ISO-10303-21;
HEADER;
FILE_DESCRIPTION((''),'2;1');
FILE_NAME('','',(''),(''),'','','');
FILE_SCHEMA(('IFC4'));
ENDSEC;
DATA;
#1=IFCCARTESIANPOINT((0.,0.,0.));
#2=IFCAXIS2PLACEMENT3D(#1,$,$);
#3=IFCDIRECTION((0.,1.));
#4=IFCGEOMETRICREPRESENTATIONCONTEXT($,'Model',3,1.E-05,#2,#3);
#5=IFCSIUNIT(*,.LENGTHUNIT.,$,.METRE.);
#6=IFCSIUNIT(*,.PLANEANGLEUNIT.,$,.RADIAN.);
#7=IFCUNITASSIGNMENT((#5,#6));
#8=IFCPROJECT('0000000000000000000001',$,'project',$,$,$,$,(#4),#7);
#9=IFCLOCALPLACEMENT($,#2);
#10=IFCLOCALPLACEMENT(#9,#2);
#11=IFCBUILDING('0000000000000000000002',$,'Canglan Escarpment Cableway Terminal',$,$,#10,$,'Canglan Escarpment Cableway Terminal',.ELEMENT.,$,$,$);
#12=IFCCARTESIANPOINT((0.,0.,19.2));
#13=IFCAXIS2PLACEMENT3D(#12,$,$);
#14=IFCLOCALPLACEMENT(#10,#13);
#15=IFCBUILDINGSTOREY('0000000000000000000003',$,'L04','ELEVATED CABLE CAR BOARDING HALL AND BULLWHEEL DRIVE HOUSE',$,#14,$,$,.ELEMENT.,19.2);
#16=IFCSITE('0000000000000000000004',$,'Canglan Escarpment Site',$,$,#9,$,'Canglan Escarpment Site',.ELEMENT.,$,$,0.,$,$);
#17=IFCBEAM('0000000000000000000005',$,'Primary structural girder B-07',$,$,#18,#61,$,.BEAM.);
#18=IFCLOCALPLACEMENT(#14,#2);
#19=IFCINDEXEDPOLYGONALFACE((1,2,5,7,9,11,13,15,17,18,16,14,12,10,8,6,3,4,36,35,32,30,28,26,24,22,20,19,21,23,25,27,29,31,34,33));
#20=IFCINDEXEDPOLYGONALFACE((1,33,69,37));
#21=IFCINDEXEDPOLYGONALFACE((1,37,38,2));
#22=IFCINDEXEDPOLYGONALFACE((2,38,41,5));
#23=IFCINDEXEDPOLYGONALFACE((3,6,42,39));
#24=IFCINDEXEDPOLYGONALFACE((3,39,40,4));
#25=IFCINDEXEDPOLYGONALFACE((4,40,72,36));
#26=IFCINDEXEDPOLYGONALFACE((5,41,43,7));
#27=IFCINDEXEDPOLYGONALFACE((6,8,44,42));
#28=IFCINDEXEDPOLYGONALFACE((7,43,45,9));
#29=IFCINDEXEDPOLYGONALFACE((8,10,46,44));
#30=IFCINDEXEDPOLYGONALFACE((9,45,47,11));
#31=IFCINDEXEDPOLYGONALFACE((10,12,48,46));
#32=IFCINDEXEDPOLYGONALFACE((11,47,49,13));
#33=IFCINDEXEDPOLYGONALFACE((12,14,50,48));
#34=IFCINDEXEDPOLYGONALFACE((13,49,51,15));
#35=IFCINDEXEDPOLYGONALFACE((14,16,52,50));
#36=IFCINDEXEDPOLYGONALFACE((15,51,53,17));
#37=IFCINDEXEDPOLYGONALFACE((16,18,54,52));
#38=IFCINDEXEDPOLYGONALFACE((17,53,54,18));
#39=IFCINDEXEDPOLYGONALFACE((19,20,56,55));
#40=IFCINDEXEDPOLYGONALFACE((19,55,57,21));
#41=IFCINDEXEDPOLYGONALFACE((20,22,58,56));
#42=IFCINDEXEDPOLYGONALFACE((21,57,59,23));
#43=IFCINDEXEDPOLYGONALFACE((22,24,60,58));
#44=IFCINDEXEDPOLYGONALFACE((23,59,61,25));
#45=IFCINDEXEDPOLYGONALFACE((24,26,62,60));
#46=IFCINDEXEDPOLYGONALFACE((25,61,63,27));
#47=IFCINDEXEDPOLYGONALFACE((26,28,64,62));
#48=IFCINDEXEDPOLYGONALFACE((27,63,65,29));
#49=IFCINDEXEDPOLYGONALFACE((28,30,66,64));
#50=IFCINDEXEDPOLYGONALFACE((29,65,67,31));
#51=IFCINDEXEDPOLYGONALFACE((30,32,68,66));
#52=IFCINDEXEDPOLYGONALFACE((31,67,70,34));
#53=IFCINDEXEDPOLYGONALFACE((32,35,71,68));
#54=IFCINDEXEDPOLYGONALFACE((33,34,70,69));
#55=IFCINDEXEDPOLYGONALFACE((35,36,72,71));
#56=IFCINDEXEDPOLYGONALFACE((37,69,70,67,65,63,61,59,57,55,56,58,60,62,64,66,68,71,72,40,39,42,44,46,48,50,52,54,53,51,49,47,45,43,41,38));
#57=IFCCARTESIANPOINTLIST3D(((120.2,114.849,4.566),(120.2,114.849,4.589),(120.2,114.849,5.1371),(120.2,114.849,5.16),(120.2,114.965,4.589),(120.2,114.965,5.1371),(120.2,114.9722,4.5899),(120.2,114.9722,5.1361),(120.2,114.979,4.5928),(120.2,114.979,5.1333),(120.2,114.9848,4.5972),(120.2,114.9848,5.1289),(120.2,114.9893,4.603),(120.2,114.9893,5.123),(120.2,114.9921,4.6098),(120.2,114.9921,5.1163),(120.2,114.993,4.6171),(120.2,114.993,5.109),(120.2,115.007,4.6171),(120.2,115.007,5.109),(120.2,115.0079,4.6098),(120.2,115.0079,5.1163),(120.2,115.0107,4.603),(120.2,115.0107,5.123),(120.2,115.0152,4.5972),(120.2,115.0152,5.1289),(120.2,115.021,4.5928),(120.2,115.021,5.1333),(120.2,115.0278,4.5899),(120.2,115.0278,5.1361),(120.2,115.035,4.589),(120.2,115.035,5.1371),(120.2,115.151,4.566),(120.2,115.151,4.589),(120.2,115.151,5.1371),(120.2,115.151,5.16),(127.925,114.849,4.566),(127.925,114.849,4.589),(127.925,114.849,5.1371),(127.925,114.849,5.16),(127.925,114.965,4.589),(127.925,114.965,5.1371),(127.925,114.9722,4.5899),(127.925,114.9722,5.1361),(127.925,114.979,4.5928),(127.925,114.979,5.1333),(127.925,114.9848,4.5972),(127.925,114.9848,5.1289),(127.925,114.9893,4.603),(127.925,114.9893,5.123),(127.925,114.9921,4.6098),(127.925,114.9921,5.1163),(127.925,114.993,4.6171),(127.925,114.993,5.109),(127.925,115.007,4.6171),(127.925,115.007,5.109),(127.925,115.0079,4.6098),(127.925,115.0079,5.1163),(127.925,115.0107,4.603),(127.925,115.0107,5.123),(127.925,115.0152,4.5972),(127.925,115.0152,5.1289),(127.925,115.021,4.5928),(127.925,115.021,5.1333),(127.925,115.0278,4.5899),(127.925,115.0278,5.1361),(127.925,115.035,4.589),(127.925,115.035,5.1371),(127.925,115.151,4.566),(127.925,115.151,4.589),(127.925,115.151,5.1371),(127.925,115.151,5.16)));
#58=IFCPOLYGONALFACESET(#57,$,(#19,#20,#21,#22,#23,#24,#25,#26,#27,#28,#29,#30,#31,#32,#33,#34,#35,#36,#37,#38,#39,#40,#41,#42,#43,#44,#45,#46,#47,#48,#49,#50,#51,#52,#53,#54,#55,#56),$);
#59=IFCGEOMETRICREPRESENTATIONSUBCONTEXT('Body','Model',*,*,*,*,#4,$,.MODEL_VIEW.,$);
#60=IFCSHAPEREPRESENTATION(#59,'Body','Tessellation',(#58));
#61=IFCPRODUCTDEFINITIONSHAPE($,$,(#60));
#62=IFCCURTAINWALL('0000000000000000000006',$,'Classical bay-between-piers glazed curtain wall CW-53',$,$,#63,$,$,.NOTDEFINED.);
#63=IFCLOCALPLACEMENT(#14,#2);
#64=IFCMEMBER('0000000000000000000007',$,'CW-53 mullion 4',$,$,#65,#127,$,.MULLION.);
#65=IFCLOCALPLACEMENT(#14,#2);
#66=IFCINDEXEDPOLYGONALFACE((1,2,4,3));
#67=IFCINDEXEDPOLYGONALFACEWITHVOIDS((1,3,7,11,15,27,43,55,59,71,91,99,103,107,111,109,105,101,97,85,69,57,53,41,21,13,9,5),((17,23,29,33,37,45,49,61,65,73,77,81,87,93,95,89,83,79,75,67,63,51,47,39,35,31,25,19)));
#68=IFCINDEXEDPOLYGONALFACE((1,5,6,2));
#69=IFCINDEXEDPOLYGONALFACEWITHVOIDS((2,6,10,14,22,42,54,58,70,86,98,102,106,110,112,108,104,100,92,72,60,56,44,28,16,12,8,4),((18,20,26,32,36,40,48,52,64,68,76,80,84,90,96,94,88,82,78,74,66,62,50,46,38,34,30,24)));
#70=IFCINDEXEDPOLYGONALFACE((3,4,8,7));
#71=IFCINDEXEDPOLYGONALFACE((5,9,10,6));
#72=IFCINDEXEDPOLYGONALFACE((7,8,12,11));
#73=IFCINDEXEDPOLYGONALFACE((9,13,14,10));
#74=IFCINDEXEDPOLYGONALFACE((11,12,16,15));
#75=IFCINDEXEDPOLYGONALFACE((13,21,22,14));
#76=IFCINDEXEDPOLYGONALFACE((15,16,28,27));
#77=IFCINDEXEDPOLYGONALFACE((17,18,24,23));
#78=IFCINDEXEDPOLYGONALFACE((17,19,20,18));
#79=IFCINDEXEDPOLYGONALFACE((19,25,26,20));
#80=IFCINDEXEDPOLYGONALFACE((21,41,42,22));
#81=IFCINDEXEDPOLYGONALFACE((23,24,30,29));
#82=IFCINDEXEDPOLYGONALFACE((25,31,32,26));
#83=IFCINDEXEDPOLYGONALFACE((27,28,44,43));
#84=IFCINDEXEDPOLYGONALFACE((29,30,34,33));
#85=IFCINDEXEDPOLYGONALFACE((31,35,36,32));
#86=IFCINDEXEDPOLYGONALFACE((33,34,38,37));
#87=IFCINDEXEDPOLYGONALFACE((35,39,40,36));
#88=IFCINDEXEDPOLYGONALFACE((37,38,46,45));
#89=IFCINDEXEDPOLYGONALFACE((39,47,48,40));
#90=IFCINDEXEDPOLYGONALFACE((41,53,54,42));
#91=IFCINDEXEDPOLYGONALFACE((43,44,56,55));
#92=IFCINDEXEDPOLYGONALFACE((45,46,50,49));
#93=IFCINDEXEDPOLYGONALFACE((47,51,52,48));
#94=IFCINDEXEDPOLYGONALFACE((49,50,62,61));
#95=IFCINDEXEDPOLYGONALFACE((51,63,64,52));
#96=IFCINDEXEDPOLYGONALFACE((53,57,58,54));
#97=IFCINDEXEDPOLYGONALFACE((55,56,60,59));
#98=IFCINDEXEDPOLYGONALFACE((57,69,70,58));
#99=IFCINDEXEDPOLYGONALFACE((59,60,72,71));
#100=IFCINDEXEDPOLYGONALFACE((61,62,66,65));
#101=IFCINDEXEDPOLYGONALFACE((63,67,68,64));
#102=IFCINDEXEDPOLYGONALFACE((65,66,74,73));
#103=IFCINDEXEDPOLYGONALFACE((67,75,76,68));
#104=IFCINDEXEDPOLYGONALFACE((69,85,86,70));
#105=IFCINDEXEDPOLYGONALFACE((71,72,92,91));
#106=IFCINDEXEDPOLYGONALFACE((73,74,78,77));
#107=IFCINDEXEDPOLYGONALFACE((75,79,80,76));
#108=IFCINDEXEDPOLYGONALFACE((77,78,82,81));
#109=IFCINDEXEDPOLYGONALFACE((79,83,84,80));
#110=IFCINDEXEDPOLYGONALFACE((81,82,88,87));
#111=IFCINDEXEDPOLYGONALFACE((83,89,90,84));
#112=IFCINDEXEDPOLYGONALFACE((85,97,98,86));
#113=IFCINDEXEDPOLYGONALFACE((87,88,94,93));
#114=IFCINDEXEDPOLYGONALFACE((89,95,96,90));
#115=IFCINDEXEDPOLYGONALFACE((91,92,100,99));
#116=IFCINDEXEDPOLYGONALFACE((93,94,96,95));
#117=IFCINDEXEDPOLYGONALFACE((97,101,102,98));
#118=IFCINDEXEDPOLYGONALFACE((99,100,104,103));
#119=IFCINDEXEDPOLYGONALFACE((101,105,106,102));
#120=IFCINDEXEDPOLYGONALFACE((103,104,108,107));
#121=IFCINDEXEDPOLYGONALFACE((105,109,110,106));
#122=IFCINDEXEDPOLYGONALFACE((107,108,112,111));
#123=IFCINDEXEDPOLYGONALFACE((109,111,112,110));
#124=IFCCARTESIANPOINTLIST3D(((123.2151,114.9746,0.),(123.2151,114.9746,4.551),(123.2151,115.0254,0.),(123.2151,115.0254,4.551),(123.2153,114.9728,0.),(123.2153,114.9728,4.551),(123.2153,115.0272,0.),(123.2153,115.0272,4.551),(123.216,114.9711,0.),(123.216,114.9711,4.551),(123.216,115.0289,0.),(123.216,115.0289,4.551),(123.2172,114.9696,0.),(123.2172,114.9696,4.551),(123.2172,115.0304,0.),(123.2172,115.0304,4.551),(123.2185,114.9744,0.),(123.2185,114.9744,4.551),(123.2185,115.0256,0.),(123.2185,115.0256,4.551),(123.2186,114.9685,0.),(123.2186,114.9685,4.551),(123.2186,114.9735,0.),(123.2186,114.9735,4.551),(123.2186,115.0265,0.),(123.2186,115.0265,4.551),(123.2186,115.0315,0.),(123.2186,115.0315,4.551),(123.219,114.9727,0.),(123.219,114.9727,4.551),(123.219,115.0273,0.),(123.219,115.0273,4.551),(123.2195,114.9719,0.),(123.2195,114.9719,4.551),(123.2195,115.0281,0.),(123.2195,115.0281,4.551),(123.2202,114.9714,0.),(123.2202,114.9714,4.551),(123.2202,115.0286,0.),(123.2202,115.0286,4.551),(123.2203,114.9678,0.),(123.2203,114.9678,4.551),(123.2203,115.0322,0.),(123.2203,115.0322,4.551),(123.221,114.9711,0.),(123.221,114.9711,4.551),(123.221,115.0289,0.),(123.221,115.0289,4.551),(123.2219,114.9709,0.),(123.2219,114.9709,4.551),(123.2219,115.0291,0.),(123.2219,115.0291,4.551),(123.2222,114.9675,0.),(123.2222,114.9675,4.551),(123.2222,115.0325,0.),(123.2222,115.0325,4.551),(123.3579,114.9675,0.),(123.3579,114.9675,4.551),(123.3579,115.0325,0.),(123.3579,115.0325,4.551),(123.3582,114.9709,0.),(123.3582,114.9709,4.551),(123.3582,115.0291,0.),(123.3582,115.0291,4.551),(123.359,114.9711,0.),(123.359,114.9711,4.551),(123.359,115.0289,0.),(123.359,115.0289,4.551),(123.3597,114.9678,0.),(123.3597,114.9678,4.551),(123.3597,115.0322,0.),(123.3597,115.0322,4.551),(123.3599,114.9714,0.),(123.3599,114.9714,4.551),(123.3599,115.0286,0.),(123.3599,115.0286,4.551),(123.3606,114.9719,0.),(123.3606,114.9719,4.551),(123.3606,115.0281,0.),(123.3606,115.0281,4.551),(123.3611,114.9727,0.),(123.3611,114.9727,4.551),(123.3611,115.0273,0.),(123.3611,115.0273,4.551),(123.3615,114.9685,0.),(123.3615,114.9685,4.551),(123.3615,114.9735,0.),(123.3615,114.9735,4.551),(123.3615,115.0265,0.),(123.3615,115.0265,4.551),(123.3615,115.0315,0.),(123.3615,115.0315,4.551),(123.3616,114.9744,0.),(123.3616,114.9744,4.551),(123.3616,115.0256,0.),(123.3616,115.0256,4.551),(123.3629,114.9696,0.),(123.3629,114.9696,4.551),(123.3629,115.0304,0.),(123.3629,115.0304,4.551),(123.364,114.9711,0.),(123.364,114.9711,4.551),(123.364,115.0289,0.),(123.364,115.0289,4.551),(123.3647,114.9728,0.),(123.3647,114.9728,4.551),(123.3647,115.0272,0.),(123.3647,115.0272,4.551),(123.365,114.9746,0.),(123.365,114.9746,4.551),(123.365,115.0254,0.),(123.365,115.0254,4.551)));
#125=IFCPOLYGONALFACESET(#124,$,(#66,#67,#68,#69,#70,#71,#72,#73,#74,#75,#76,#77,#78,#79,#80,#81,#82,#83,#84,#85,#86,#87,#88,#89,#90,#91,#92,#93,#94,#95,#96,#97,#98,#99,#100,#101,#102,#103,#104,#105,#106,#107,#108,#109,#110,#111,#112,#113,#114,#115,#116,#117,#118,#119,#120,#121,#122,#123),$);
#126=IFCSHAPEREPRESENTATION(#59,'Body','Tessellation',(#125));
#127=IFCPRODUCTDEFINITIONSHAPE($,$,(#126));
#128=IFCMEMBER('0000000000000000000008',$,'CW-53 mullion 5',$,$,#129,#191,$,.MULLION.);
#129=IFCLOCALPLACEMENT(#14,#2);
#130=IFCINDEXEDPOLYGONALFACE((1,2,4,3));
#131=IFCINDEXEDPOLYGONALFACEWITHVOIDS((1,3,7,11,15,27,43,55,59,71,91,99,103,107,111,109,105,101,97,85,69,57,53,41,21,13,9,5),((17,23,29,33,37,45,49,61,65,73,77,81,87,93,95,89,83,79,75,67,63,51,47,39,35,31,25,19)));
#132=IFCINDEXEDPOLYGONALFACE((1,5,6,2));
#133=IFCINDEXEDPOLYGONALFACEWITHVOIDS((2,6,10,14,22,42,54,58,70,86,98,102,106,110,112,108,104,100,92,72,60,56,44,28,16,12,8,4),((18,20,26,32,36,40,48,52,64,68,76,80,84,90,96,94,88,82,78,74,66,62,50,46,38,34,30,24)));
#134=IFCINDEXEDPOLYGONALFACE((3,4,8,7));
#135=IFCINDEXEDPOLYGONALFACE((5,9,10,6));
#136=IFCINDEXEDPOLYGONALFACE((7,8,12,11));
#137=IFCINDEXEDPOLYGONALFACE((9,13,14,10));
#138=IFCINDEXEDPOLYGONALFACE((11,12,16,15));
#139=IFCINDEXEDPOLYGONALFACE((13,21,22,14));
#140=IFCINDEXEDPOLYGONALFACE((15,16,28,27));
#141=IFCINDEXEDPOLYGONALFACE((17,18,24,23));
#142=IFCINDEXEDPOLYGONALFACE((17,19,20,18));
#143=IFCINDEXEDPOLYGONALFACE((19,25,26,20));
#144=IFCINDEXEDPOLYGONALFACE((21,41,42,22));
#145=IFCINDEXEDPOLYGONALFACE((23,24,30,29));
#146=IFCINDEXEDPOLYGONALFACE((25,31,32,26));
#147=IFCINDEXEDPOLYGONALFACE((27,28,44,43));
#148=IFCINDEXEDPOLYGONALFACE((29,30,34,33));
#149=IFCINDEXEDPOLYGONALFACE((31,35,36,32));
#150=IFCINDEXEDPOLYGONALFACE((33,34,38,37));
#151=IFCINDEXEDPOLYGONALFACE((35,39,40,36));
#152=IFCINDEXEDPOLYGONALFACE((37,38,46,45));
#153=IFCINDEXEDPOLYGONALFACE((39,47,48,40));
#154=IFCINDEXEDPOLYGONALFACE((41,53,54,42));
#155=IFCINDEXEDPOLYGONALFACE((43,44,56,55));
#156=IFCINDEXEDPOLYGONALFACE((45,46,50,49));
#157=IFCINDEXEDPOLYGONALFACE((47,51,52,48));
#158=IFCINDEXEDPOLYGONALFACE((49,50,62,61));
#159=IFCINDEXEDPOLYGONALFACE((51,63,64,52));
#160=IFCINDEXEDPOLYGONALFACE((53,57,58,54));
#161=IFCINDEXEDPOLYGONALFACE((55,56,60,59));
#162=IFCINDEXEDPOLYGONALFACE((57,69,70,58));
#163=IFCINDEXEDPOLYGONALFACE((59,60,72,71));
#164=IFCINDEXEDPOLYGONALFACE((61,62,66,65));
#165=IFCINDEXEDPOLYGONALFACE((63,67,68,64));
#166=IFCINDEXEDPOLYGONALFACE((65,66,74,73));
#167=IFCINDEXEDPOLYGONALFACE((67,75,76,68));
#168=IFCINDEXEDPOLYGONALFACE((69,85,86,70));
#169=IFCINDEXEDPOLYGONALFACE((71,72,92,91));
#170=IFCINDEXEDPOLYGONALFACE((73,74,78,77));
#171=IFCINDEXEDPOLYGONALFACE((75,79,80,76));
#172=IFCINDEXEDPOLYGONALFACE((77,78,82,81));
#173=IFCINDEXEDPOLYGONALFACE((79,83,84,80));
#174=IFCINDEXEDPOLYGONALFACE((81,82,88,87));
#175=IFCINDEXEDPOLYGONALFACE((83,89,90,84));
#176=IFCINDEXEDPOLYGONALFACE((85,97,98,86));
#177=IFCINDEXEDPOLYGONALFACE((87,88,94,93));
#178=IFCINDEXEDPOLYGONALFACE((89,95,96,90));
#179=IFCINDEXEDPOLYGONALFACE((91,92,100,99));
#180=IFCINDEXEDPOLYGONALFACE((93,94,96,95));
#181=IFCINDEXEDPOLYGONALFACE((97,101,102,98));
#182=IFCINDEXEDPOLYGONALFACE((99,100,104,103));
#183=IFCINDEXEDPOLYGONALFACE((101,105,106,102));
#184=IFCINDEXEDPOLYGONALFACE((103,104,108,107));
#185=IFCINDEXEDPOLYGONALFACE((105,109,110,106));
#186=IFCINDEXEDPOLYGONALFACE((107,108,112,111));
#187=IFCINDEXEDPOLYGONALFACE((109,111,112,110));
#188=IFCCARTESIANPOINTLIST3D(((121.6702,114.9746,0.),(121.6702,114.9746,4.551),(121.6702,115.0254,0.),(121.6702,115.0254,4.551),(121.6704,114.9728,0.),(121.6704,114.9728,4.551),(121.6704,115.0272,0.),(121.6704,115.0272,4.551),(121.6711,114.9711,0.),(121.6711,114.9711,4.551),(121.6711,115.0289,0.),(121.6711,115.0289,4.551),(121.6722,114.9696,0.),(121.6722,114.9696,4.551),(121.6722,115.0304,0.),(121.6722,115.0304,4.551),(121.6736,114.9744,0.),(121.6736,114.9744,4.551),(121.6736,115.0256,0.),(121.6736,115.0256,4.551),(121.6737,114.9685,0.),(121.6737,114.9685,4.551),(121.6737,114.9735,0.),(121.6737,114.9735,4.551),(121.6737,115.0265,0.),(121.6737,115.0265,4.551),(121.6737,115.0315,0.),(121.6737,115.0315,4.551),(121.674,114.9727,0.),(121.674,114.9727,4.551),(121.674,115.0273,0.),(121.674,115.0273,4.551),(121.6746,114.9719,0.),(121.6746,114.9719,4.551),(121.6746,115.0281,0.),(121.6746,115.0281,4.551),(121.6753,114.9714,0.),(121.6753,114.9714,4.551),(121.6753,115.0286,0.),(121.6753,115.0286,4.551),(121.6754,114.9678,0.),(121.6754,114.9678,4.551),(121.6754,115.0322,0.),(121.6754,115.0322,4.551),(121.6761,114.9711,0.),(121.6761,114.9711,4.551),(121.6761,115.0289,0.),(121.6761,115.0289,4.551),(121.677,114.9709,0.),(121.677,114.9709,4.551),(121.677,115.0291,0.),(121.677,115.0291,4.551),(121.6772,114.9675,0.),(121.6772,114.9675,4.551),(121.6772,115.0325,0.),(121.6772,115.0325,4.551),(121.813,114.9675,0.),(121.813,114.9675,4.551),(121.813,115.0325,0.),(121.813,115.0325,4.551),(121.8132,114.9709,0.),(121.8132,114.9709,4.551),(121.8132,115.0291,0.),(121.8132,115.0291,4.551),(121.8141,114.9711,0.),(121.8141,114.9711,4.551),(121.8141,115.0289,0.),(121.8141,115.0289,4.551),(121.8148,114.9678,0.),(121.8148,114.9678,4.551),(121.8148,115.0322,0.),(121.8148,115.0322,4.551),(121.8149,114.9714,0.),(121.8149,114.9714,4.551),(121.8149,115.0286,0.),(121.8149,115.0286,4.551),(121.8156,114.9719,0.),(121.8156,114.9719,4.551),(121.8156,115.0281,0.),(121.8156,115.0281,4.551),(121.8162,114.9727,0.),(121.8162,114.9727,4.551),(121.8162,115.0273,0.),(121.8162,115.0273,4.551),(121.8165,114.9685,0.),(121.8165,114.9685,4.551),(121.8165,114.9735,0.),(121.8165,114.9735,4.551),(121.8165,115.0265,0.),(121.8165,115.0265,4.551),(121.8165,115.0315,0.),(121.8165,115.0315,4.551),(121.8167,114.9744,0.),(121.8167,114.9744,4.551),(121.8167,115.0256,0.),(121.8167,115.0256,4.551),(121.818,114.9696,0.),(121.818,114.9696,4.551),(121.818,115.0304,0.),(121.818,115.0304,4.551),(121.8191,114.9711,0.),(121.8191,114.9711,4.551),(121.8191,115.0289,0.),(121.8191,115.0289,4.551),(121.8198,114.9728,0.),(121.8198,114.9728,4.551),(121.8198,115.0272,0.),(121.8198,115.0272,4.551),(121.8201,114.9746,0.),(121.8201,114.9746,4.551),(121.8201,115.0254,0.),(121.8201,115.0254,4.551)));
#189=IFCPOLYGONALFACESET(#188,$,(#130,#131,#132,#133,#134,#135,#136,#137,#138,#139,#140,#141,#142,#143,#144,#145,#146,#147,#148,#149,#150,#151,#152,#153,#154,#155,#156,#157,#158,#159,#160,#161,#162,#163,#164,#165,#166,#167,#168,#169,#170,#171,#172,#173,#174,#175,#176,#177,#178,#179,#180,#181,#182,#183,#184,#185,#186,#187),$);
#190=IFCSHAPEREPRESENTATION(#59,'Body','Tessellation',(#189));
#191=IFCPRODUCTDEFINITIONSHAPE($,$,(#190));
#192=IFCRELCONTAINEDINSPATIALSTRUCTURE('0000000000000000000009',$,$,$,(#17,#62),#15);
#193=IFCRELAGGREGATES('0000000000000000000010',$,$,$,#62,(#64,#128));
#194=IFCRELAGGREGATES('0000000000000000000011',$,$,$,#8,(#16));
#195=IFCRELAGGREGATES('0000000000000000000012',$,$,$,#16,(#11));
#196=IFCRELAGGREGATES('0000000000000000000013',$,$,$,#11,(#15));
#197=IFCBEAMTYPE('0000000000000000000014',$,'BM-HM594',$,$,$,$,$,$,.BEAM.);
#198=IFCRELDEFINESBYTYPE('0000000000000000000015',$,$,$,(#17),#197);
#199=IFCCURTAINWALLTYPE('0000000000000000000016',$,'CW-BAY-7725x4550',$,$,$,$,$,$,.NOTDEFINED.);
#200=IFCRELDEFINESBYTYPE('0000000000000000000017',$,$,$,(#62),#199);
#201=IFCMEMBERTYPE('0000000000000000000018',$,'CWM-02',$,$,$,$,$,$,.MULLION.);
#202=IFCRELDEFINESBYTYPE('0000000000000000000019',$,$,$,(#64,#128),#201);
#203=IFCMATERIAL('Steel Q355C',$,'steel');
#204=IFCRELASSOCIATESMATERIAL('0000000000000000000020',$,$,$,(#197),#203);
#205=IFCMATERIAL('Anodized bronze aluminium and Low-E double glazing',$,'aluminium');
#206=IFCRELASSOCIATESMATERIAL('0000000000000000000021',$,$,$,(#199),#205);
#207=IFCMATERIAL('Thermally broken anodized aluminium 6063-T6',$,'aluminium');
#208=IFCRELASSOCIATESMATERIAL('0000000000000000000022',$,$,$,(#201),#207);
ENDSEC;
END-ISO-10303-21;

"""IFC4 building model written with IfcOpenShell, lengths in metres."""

from ifc_helpers import new_model, si_unit, direction, frame, origin, origin_2d, place, context, subcontext, project, spatial, hollow_rectangle, i_section, extrude, material, material_profile, profile_set, type_object, element, aggregate, save


model = new_model("IFC4")

# Units and contexts
model_context = context("Model", 3, precision=1e-05, world=origin(), true_north=direction((0.0, 1.0)))
body_context = subcontext(model_context, "Body", "Model", "MODEL_VIEW")
ifc_project = project(units=[si_unit("LENGTHUNIT", "METRE"), si_unit("PLANEANGLEUNIT", "RADIAN")], contexts=[model_context])

# Site, building, storey
site_placement = place(None, origin())
site = spatial("IfcSite", under=ifc_project, at=site_placement, Name="Canglan Escarpment Site", LongName="Canglan Escarpment Site", CompositionType="ELEMENT", RefElevation=0.0)
building_placement = place(site_placement, origin())
building = spatial("IfcBuilding", under=site, at=building_placement, Name="Canglan Escarpment Cableway Terminal", LongName="Canglan Escarpment Cableway Terminal", CompositionType="ELEMENT")
storey_placement = place(building_placement, frame((0.0, 0.0, 19.2)))
storey = spatial("IfcBuildingStorey", under=building, at=storey_placement, Name="L04", Description="ELEVATED CABLE CAR BOARDING HALL AND BULLWHEEL DRIVE HOUSE", CompositionType="ELEMENT", Elevation=19.2)

# Beam
ifc_material_1 = material(Name="Steel Q355C", Category="steel")
ifc_material_profile_1 = material_profile(ifc_material_1, i_section(OverallWidth=0.302, OverallDepth=0.594, WebThickness=0.0139, FlangeThickness=0.0229, FilletRadius=0.0281, at=origin_2d()), Name="HM 594x302x14x23")
ifc_profile_set_1 = profile_set([ifc_material_profile_1], Name="Steel Q355C")
beam_type_1 = type_object("IfcBeamType", Name="BM-HM594", PredefinedType="BEAM", material=ifc_profile_set_1)
for number, where, z_axis, x_axis, name in (
    (1, (120.2, 115.0, 4.863), (1.0, 0.0, 0.0), (0.0, 1.0, 0.0), "Primary structural girder B-07"),
):
    element("IfcBeam", number, at=place(storey_placement, frame(where, z_axis=z_axis, x_axis=x_axis)), inside=storey, type_object=beam_type_1, Name=name, PredefinedType="BEAM", context=body_context, shape_type="SweptSolid", body=[
        extrude(i_section(OverallWidth=0.302, OverallDepth=0.594, WebThickness=0.0139, FlangeThickness=0.0229, FilletRadius=0.0281, at=origin_2d()), origin(), (0.0, 0.0, 1.0), 7.7251),
    ])

# Curtain wall, members
ifc_material_2 = material(Name="Anodized bronze aluminium and Low-E double glazing", Category="aluminium")
curtain_wall_type = type_object("IfcCurtainWallType", Name="CW-BAY-7725x4550", PredefinedType="NOTDEFINED", material=ifc_material_2)
curtain_wall_placement = place(storey_placement, origin())
curtain_wall = element("IfcCurtainWall", 2, at=curtain_wall_placement, inside=storey, type_object=curtain_wall_type, Name="Classical bay-between-piers glazed curtain wall CW-53", PredefinedType="NOTDEFINED")
ifc_material_3 = material(Name="Thermally broken anodized aluminium 6063-T6", Category="aluminium")
ifc_material_profile_2 = material_profile(ifc_material_3, hollow_rectangle(XDim=0.0649, YDim=0.1499, WallThickness=0.0034, InnerFilletRadius=0.0034, OuterFilletRadius=0.0071, at=origin_2d()), Name="ALU-MULL 65x150x3.5")
ifc_profile_set_2 = profile_set([ifc_material_profile_2], Name="Thermally broken anodized aluminium 6063-T6")
member_type_1 = type_object("IfcMemberType", Name="CWM-02", PredefinedType="MULLION", material=ifc_profile_set_2)
member_1_placement = place(storey_placement, frame((123.29, 115.0, 0.0), z_axis=(0.0, 0.0, 1.0), x_axis=(0.0, -1.0, 0.0)))
member_1 = element("IfcMember", 3, at=member_1_placement, type_object=member_type_1, Name="CW-53 mullion 4", PredefinedType="MULLION", context=body_context, shape_type="SweptSolid", body=[
    extrude(hollow_rectangle(XDim=0.0649, YDim=0.1499, WallThickness=0.0034, InnerFilletRadius=0.0034, OuterFilletRadius=0.0071, at=origin_2d()), origin(), (0.0, 0.0, 1.0), 4.551),
])
member_2_placement = place(storey_placement, frame((121.7451, 115.0, 0.0), z_axis=(0.0, 0.0, 1.0), x_axis=(0.0, -1.0, 0.0)))
member_2 = element("IfcMember", 4, at=member_2_placement, type_object=member_type_1, Name="CW-53 mullion 5", PredefinedType="MULLION", context=body_context, shape_type="SweptSolid", body=[
    extrude(hollow_rectangle(XDim=0.0649, YDim=0.1499, WallThickness=0.0034, InnerFilletRadius=0.0034, OuterFilletRadius=0.0071, at=origin_2d()), origin(), (0.0, 0.0, 1.0), 4.551),
])

aggregate(curtain_wall, [member_1, member_2])

save(model, "model.ifc")
